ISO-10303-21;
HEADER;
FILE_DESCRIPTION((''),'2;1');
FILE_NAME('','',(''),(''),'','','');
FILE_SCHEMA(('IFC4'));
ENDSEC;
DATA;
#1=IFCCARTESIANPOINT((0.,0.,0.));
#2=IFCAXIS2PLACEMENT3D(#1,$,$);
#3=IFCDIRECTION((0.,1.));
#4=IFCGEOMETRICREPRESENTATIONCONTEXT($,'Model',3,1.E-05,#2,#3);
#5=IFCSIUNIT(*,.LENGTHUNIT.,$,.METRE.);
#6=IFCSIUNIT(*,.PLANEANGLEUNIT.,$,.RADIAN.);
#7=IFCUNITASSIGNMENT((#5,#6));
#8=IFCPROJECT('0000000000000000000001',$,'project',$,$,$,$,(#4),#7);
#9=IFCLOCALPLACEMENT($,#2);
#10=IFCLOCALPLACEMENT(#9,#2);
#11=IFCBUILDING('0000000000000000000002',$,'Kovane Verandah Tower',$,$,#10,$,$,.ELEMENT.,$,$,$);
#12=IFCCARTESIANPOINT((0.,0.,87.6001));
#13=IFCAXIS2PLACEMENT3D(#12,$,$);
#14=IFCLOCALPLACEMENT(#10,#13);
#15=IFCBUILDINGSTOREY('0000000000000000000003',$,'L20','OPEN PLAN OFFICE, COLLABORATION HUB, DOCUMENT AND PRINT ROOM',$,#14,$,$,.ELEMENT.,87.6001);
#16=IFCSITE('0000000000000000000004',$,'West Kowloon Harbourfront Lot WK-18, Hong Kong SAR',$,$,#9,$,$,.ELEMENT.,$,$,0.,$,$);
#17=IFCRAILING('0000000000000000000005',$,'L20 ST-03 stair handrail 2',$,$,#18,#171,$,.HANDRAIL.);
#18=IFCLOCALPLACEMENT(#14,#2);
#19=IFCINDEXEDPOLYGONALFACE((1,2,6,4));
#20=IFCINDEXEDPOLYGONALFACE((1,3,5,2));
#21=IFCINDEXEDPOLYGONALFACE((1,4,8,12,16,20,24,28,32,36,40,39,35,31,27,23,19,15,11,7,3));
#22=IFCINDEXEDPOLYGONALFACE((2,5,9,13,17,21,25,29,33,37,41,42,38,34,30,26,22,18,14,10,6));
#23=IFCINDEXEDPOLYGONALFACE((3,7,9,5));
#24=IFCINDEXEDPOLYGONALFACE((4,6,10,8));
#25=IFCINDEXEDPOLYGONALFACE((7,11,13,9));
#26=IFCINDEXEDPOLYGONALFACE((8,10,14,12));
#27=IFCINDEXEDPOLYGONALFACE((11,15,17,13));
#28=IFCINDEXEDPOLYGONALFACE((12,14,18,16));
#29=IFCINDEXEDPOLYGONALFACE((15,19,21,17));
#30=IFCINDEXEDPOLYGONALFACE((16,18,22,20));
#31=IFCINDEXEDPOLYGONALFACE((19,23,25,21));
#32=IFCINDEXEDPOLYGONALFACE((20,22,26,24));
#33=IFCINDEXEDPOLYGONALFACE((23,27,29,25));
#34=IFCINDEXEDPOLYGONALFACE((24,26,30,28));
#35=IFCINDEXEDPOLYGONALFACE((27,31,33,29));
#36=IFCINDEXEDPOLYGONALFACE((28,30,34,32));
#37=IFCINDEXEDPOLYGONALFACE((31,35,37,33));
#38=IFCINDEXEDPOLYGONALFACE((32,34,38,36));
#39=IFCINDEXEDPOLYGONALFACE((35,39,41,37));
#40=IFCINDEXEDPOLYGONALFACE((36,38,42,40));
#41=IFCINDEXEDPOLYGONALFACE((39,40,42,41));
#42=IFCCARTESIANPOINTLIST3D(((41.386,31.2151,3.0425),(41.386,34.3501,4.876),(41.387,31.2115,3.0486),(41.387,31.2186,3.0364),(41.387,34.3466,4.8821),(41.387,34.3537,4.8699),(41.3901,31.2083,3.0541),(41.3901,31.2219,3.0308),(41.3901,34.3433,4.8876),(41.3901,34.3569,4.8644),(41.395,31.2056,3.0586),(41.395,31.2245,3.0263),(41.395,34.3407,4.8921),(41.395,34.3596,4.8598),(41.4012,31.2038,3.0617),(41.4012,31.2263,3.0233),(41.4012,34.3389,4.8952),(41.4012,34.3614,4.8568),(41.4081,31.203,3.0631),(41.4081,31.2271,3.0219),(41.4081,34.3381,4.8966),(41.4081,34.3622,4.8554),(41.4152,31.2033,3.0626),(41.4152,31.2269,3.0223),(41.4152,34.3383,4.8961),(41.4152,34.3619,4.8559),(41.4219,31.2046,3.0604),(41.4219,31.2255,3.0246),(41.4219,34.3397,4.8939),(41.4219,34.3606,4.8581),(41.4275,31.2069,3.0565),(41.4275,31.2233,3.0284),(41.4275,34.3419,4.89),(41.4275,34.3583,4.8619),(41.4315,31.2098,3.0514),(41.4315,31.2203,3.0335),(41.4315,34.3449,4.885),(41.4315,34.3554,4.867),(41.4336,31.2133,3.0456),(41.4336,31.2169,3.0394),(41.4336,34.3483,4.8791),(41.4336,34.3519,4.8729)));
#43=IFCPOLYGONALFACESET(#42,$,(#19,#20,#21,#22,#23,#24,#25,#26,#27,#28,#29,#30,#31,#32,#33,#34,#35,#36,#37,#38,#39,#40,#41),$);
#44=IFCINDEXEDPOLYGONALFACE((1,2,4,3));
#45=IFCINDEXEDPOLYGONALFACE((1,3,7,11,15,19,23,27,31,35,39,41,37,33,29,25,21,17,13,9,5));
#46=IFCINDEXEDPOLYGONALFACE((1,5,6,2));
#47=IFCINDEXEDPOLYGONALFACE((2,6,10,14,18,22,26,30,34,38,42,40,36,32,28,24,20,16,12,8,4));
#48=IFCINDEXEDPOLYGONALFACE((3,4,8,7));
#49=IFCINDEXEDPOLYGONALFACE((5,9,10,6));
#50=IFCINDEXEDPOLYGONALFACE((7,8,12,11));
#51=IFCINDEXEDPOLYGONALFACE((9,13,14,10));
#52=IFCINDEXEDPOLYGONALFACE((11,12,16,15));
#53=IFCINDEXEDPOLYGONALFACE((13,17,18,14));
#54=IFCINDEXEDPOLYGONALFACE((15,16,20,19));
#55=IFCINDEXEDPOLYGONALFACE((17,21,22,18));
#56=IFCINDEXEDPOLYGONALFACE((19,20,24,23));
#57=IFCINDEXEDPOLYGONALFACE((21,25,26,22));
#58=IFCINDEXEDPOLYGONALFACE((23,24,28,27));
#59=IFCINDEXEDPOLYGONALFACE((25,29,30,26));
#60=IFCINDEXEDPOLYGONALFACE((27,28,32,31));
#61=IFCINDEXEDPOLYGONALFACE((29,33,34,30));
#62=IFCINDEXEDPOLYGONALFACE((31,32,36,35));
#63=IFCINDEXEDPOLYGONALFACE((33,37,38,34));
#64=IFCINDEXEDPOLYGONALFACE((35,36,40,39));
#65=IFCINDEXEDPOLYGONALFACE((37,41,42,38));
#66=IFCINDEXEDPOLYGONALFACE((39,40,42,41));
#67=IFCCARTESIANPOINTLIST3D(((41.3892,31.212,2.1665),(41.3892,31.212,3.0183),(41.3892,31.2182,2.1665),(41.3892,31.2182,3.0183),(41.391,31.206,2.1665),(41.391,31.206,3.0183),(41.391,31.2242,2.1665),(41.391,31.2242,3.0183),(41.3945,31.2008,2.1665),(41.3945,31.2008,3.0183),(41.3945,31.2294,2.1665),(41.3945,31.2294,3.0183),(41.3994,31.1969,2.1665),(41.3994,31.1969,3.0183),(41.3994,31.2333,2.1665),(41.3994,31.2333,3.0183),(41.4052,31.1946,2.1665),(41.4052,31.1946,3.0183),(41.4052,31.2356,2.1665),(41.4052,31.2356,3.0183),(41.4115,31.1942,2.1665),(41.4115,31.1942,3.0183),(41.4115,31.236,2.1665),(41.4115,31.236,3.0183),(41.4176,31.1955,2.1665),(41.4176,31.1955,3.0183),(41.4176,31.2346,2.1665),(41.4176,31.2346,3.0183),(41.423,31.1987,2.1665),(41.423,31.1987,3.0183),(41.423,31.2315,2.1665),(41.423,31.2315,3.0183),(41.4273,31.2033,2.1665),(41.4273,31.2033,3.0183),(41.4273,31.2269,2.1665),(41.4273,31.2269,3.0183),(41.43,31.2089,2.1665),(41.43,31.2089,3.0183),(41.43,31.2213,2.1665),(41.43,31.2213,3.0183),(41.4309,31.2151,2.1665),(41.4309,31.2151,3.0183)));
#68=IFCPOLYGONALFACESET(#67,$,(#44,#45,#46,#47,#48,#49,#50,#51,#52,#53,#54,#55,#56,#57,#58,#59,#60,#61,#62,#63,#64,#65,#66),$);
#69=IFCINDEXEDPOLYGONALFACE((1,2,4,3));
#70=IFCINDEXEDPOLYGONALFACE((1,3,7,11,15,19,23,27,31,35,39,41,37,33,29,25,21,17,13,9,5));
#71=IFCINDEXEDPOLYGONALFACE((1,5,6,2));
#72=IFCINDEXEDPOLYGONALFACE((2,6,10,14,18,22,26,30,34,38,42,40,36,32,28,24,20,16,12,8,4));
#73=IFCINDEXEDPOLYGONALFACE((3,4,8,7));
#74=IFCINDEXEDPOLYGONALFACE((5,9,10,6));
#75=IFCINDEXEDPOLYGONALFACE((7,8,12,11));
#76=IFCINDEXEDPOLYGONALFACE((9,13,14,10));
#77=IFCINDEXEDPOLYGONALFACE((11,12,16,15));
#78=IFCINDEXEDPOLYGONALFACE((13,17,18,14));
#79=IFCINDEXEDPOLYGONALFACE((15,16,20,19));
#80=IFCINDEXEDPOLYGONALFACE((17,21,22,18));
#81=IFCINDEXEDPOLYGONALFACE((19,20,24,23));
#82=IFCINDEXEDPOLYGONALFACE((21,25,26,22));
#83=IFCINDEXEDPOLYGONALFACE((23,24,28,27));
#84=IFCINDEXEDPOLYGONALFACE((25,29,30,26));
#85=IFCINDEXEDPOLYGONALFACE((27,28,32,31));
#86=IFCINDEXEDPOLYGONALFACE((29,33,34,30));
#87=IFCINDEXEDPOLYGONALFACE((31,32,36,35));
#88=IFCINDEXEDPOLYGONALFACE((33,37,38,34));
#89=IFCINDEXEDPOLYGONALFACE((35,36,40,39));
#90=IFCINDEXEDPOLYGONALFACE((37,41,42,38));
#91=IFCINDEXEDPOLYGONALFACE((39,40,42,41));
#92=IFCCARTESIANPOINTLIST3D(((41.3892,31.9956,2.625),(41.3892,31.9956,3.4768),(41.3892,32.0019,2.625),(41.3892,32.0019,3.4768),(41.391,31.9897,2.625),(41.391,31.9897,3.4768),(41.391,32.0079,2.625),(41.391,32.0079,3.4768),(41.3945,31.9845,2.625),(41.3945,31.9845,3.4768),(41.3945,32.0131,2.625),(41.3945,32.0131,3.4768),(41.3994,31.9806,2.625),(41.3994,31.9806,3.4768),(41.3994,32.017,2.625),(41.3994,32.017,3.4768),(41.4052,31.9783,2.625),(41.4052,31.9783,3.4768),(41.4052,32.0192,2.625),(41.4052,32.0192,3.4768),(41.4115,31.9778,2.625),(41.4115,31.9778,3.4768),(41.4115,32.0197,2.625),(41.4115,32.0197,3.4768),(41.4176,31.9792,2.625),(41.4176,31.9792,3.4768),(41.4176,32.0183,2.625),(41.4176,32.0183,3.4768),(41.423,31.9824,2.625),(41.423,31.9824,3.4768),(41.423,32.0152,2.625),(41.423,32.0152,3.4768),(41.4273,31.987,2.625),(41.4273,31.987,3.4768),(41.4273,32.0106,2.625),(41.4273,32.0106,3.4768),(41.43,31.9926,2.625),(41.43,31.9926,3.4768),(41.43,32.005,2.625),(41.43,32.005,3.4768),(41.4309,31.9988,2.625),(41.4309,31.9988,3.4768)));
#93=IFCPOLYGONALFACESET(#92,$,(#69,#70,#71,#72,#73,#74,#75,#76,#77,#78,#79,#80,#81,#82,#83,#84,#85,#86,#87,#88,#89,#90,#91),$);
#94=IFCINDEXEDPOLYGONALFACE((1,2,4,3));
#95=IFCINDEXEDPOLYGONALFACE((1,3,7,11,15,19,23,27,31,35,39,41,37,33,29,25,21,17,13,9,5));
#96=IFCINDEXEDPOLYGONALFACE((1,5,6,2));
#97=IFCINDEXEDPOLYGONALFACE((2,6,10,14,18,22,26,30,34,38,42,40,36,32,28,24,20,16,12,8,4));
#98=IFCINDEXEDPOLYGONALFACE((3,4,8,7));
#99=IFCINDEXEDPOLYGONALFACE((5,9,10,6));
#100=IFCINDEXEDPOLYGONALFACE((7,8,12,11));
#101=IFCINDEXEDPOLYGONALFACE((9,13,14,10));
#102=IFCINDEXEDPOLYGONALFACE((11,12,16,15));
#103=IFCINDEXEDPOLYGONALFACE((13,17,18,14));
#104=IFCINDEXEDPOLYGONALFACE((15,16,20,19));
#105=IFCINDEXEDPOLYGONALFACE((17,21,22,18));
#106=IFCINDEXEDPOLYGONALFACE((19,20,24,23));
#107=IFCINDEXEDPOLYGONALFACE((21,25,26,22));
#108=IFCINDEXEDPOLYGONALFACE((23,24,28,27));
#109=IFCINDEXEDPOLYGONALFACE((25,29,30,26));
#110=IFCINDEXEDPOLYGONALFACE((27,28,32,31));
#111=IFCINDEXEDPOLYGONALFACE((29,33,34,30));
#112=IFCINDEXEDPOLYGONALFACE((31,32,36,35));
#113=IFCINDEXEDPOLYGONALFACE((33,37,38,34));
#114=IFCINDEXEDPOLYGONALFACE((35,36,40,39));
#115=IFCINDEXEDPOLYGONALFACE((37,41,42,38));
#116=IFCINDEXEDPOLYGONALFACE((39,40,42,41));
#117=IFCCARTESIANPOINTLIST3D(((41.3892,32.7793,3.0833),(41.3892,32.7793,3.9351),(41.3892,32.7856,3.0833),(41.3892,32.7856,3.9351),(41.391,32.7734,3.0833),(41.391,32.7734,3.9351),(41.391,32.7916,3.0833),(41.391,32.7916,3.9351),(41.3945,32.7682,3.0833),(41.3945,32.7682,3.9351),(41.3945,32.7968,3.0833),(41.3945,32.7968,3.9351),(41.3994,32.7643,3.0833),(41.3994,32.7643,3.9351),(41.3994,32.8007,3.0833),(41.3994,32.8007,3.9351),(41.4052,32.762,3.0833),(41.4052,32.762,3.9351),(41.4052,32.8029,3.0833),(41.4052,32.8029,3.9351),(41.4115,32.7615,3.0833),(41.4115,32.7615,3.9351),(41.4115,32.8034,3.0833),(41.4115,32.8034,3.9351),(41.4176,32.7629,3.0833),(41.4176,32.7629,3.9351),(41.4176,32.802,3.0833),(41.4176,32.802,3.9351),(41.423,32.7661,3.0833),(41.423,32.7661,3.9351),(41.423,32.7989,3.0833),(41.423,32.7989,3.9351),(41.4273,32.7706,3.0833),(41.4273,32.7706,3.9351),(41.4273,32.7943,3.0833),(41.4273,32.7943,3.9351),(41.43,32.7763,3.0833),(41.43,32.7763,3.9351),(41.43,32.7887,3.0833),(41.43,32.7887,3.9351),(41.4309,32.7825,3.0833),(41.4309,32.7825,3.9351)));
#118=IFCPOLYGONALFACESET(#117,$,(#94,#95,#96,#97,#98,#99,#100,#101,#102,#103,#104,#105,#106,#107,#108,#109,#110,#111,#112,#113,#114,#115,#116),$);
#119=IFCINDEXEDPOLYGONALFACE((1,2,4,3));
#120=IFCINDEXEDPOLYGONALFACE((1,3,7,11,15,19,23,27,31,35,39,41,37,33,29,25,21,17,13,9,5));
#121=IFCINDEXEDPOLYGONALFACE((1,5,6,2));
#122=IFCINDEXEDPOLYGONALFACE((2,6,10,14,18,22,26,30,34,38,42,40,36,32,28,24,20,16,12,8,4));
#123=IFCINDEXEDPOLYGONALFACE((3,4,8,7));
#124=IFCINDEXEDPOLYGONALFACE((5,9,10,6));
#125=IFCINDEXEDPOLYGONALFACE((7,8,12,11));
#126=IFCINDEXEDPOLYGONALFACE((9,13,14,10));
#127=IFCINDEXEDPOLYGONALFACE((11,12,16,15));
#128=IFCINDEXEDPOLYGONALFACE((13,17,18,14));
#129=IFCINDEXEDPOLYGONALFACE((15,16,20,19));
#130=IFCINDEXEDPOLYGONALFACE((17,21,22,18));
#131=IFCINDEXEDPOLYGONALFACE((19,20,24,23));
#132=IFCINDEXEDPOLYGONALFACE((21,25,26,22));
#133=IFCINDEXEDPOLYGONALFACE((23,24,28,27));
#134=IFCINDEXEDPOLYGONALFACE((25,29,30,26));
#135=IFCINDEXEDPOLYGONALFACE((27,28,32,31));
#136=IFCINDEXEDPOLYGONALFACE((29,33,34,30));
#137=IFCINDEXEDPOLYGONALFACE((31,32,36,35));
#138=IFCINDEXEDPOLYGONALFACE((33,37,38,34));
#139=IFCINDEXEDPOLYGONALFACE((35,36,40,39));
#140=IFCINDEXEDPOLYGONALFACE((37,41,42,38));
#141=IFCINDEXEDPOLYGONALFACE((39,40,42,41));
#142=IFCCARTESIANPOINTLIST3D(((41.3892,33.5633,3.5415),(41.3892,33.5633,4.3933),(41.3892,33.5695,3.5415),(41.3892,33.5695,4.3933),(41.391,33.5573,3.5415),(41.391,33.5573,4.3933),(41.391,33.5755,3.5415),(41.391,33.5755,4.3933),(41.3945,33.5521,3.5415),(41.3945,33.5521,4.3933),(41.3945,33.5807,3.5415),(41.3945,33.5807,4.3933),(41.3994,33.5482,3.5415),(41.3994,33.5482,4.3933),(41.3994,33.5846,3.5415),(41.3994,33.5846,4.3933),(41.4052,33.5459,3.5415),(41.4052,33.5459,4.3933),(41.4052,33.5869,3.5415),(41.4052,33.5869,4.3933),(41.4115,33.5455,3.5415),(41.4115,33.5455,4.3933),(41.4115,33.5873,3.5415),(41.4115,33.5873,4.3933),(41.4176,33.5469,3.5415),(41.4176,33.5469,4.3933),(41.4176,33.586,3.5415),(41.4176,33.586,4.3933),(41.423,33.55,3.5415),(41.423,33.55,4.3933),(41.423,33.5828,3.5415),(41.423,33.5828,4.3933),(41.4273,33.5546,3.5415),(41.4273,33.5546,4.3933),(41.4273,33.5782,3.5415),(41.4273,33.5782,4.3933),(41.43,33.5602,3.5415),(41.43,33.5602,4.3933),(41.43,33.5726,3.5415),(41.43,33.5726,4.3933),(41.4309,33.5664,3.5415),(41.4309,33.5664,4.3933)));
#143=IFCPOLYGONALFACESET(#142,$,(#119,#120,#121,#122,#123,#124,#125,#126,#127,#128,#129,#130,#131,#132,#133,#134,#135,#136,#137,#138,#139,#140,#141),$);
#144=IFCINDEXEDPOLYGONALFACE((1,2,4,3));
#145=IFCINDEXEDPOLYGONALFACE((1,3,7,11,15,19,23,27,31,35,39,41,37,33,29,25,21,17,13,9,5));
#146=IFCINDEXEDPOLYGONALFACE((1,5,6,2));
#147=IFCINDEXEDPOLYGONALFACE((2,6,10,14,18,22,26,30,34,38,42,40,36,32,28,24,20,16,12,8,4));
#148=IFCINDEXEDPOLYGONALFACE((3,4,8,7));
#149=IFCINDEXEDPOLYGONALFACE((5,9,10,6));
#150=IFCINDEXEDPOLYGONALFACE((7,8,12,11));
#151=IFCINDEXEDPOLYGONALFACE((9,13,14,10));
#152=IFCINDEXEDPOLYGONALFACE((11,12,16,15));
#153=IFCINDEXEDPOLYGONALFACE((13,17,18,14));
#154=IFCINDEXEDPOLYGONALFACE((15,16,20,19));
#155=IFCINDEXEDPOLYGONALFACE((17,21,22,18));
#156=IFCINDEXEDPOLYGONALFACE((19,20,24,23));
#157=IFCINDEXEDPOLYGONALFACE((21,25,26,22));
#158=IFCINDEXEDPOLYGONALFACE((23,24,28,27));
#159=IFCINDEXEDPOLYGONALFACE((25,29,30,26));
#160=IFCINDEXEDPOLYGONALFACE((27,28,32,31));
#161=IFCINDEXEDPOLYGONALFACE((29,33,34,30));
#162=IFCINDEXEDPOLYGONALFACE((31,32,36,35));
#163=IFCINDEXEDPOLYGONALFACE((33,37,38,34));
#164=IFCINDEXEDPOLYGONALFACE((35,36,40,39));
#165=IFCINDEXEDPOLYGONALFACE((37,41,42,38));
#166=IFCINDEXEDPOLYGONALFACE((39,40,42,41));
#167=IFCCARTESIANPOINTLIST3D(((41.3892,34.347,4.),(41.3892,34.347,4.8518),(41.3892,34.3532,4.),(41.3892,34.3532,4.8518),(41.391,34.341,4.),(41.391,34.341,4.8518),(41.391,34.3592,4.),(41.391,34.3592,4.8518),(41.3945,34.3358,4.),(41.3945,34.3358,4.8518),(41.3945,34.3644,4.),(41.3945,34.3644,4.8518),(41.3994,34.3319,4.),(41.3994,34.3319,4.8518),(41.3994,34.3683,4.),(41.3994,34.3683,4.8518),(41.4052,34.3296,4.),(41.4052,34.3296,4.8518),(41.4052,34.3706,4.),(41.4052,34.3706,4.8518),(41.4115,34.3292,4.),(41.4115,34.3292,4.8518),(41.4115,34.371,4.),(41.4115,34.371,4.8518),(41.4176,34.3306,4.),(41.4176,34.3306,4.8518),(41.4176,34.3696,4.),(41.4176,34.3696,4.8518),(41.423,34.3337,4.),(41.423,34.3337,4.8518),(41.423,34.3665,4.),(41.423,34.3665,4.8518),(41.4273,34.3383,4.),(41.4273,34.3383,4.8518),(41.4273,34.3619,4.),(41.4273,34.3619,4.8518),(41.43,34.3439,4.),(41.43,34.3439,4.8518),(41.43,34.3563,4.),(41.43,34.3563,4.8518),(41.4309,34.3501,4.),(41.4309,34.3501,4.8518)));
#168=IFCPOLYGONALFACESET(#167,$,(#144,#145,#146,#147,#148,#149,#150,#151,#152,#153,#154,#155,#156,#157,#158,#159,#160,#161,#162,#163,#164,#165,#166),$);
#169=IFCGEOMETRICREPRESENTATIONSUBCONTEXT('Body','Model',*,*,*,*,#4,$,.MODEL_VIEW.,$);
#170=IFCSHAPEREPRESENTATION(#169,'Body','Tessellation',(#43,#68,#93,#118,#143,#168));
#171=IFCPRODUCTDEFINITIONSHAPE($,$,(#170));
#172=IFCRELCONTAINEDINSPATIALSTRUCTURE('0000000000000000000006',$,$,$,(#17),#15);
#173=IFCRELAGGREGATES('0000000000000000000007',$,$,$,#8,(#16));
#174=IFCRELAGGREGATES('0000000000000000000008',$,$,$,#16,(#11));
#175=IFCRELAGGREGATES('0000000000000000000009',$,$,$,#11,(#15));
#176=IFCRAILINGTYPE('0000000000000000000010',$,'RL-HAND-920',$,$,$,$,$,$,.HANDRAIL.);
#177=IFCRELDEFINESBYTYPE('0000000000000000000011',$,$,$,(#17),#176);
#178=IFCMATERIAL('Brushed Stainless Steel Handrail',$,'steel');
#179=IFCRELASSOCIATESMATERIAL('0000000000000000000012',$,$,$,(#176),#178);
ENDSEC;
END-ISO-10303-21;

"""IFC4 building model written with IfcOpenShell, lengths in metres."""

from ifc_helpers import new_model, si_unit, direction, frame, origin, origin_2d, place, context, subcontext, project, spatial, circle, extrude, material, type_object, element, save


model = new_model("IFC4")

# Units and contexts
model_context = context("Model", 3, precision=1e-05, world=origin(), true_north=direction((0.0, 1.0)))
body_context = subcontext(model_context, "Body", "Model", "MODEL_VIEW")
ifc_project = project(units=[si_unit("LENGTHUNIT", "METRE"), si_unit("PLANEANGLEUNIT", "RADIAN")], contexts=[model_context])

# Site, building, storey
site_placement = place(None, origin())
site = spatial("IfcSite", under=ifc_project, at=site_placement, Name="West Kowloon Harbourfront Lot WK-18, Hong Kong SAR", CompositionType="ELEMENT", RefElevation=0.0)
building_placement = place(site_placement, origin())
building = spatial("IfcBuilding", under=site, at=building_placement, Name="Kovane Verandah Tower", CompositionType="ELEMENT")
storey_placement = place(building_placement, frame((0.0, 0.0, 87.6001)))
storey = spatial("IfcBuildingStorey", under=building, at=storey_placement, Name="L20", Description="OPEN PLAN OFFICE, COLLABORATION HUB, DOCUMENT AND PRINT ROOM", CompositionType="ELEMENT", Elevation=87.6001)

# Railing
ifc_material_1 = material(Name="Brushed Stainless Steel Handrail", Category="steel")
railing_type_1 = type_object("IfcRailingType", Name="RL-HAND-920", PredefinedType="HANDRAIL", material=ifc_material_1)
railing_1_placement = place(storey_placement, frame((41.4099, 31.2151, 2.1665)))
element("IfcRailing", 1, at=railing_1_placement, inside=storey, type_object=railing_type_1, Name="L20 ST-03 stair handrail 2", PredefinedType="HANDRAIL", context=body_context, shape_type="SweptSolid", body=[
    extrude(circle(Radius=0.0239, at=origin_2d()), frame((0.0, 0.0, 0.876), z_axis=(0.0, 0.86321, 0.504845), x_axis=(-1.0, 0.0, 0.0)), (0.0, 0.0, 1.0), 3.6318),
    extrude(circle(Radius=0.021, at=origin_2d()), origin(), (0.0, 0.0, 1.0), 0.8518),
    extrude(circle(Radius=0.021, at=origin_2d()), frame((0.0, 0.7837, 0.4585)), (0.0, 0.0, 1.0), 0.8518),
    extrude(circle(Radius=0.021, at=origin_2d()), frame((0.0, 1.5674, 0.9167)), (0.0, 0.0, 1.0), 0.8518),
    extrude(circle(Radius=0.021, at=origin_2d()), frame((0.0, 2.3513, 1.375)), (0.0, 0.0, 1.0), 0.8518),
    extrude(circle(Radius=0.021, at=origin_2d()), frame((0.0, 3.135, 1.8335)), (0.0, 0.0, 1.0), 0.8518),
])

save(model, "model.ifc")
